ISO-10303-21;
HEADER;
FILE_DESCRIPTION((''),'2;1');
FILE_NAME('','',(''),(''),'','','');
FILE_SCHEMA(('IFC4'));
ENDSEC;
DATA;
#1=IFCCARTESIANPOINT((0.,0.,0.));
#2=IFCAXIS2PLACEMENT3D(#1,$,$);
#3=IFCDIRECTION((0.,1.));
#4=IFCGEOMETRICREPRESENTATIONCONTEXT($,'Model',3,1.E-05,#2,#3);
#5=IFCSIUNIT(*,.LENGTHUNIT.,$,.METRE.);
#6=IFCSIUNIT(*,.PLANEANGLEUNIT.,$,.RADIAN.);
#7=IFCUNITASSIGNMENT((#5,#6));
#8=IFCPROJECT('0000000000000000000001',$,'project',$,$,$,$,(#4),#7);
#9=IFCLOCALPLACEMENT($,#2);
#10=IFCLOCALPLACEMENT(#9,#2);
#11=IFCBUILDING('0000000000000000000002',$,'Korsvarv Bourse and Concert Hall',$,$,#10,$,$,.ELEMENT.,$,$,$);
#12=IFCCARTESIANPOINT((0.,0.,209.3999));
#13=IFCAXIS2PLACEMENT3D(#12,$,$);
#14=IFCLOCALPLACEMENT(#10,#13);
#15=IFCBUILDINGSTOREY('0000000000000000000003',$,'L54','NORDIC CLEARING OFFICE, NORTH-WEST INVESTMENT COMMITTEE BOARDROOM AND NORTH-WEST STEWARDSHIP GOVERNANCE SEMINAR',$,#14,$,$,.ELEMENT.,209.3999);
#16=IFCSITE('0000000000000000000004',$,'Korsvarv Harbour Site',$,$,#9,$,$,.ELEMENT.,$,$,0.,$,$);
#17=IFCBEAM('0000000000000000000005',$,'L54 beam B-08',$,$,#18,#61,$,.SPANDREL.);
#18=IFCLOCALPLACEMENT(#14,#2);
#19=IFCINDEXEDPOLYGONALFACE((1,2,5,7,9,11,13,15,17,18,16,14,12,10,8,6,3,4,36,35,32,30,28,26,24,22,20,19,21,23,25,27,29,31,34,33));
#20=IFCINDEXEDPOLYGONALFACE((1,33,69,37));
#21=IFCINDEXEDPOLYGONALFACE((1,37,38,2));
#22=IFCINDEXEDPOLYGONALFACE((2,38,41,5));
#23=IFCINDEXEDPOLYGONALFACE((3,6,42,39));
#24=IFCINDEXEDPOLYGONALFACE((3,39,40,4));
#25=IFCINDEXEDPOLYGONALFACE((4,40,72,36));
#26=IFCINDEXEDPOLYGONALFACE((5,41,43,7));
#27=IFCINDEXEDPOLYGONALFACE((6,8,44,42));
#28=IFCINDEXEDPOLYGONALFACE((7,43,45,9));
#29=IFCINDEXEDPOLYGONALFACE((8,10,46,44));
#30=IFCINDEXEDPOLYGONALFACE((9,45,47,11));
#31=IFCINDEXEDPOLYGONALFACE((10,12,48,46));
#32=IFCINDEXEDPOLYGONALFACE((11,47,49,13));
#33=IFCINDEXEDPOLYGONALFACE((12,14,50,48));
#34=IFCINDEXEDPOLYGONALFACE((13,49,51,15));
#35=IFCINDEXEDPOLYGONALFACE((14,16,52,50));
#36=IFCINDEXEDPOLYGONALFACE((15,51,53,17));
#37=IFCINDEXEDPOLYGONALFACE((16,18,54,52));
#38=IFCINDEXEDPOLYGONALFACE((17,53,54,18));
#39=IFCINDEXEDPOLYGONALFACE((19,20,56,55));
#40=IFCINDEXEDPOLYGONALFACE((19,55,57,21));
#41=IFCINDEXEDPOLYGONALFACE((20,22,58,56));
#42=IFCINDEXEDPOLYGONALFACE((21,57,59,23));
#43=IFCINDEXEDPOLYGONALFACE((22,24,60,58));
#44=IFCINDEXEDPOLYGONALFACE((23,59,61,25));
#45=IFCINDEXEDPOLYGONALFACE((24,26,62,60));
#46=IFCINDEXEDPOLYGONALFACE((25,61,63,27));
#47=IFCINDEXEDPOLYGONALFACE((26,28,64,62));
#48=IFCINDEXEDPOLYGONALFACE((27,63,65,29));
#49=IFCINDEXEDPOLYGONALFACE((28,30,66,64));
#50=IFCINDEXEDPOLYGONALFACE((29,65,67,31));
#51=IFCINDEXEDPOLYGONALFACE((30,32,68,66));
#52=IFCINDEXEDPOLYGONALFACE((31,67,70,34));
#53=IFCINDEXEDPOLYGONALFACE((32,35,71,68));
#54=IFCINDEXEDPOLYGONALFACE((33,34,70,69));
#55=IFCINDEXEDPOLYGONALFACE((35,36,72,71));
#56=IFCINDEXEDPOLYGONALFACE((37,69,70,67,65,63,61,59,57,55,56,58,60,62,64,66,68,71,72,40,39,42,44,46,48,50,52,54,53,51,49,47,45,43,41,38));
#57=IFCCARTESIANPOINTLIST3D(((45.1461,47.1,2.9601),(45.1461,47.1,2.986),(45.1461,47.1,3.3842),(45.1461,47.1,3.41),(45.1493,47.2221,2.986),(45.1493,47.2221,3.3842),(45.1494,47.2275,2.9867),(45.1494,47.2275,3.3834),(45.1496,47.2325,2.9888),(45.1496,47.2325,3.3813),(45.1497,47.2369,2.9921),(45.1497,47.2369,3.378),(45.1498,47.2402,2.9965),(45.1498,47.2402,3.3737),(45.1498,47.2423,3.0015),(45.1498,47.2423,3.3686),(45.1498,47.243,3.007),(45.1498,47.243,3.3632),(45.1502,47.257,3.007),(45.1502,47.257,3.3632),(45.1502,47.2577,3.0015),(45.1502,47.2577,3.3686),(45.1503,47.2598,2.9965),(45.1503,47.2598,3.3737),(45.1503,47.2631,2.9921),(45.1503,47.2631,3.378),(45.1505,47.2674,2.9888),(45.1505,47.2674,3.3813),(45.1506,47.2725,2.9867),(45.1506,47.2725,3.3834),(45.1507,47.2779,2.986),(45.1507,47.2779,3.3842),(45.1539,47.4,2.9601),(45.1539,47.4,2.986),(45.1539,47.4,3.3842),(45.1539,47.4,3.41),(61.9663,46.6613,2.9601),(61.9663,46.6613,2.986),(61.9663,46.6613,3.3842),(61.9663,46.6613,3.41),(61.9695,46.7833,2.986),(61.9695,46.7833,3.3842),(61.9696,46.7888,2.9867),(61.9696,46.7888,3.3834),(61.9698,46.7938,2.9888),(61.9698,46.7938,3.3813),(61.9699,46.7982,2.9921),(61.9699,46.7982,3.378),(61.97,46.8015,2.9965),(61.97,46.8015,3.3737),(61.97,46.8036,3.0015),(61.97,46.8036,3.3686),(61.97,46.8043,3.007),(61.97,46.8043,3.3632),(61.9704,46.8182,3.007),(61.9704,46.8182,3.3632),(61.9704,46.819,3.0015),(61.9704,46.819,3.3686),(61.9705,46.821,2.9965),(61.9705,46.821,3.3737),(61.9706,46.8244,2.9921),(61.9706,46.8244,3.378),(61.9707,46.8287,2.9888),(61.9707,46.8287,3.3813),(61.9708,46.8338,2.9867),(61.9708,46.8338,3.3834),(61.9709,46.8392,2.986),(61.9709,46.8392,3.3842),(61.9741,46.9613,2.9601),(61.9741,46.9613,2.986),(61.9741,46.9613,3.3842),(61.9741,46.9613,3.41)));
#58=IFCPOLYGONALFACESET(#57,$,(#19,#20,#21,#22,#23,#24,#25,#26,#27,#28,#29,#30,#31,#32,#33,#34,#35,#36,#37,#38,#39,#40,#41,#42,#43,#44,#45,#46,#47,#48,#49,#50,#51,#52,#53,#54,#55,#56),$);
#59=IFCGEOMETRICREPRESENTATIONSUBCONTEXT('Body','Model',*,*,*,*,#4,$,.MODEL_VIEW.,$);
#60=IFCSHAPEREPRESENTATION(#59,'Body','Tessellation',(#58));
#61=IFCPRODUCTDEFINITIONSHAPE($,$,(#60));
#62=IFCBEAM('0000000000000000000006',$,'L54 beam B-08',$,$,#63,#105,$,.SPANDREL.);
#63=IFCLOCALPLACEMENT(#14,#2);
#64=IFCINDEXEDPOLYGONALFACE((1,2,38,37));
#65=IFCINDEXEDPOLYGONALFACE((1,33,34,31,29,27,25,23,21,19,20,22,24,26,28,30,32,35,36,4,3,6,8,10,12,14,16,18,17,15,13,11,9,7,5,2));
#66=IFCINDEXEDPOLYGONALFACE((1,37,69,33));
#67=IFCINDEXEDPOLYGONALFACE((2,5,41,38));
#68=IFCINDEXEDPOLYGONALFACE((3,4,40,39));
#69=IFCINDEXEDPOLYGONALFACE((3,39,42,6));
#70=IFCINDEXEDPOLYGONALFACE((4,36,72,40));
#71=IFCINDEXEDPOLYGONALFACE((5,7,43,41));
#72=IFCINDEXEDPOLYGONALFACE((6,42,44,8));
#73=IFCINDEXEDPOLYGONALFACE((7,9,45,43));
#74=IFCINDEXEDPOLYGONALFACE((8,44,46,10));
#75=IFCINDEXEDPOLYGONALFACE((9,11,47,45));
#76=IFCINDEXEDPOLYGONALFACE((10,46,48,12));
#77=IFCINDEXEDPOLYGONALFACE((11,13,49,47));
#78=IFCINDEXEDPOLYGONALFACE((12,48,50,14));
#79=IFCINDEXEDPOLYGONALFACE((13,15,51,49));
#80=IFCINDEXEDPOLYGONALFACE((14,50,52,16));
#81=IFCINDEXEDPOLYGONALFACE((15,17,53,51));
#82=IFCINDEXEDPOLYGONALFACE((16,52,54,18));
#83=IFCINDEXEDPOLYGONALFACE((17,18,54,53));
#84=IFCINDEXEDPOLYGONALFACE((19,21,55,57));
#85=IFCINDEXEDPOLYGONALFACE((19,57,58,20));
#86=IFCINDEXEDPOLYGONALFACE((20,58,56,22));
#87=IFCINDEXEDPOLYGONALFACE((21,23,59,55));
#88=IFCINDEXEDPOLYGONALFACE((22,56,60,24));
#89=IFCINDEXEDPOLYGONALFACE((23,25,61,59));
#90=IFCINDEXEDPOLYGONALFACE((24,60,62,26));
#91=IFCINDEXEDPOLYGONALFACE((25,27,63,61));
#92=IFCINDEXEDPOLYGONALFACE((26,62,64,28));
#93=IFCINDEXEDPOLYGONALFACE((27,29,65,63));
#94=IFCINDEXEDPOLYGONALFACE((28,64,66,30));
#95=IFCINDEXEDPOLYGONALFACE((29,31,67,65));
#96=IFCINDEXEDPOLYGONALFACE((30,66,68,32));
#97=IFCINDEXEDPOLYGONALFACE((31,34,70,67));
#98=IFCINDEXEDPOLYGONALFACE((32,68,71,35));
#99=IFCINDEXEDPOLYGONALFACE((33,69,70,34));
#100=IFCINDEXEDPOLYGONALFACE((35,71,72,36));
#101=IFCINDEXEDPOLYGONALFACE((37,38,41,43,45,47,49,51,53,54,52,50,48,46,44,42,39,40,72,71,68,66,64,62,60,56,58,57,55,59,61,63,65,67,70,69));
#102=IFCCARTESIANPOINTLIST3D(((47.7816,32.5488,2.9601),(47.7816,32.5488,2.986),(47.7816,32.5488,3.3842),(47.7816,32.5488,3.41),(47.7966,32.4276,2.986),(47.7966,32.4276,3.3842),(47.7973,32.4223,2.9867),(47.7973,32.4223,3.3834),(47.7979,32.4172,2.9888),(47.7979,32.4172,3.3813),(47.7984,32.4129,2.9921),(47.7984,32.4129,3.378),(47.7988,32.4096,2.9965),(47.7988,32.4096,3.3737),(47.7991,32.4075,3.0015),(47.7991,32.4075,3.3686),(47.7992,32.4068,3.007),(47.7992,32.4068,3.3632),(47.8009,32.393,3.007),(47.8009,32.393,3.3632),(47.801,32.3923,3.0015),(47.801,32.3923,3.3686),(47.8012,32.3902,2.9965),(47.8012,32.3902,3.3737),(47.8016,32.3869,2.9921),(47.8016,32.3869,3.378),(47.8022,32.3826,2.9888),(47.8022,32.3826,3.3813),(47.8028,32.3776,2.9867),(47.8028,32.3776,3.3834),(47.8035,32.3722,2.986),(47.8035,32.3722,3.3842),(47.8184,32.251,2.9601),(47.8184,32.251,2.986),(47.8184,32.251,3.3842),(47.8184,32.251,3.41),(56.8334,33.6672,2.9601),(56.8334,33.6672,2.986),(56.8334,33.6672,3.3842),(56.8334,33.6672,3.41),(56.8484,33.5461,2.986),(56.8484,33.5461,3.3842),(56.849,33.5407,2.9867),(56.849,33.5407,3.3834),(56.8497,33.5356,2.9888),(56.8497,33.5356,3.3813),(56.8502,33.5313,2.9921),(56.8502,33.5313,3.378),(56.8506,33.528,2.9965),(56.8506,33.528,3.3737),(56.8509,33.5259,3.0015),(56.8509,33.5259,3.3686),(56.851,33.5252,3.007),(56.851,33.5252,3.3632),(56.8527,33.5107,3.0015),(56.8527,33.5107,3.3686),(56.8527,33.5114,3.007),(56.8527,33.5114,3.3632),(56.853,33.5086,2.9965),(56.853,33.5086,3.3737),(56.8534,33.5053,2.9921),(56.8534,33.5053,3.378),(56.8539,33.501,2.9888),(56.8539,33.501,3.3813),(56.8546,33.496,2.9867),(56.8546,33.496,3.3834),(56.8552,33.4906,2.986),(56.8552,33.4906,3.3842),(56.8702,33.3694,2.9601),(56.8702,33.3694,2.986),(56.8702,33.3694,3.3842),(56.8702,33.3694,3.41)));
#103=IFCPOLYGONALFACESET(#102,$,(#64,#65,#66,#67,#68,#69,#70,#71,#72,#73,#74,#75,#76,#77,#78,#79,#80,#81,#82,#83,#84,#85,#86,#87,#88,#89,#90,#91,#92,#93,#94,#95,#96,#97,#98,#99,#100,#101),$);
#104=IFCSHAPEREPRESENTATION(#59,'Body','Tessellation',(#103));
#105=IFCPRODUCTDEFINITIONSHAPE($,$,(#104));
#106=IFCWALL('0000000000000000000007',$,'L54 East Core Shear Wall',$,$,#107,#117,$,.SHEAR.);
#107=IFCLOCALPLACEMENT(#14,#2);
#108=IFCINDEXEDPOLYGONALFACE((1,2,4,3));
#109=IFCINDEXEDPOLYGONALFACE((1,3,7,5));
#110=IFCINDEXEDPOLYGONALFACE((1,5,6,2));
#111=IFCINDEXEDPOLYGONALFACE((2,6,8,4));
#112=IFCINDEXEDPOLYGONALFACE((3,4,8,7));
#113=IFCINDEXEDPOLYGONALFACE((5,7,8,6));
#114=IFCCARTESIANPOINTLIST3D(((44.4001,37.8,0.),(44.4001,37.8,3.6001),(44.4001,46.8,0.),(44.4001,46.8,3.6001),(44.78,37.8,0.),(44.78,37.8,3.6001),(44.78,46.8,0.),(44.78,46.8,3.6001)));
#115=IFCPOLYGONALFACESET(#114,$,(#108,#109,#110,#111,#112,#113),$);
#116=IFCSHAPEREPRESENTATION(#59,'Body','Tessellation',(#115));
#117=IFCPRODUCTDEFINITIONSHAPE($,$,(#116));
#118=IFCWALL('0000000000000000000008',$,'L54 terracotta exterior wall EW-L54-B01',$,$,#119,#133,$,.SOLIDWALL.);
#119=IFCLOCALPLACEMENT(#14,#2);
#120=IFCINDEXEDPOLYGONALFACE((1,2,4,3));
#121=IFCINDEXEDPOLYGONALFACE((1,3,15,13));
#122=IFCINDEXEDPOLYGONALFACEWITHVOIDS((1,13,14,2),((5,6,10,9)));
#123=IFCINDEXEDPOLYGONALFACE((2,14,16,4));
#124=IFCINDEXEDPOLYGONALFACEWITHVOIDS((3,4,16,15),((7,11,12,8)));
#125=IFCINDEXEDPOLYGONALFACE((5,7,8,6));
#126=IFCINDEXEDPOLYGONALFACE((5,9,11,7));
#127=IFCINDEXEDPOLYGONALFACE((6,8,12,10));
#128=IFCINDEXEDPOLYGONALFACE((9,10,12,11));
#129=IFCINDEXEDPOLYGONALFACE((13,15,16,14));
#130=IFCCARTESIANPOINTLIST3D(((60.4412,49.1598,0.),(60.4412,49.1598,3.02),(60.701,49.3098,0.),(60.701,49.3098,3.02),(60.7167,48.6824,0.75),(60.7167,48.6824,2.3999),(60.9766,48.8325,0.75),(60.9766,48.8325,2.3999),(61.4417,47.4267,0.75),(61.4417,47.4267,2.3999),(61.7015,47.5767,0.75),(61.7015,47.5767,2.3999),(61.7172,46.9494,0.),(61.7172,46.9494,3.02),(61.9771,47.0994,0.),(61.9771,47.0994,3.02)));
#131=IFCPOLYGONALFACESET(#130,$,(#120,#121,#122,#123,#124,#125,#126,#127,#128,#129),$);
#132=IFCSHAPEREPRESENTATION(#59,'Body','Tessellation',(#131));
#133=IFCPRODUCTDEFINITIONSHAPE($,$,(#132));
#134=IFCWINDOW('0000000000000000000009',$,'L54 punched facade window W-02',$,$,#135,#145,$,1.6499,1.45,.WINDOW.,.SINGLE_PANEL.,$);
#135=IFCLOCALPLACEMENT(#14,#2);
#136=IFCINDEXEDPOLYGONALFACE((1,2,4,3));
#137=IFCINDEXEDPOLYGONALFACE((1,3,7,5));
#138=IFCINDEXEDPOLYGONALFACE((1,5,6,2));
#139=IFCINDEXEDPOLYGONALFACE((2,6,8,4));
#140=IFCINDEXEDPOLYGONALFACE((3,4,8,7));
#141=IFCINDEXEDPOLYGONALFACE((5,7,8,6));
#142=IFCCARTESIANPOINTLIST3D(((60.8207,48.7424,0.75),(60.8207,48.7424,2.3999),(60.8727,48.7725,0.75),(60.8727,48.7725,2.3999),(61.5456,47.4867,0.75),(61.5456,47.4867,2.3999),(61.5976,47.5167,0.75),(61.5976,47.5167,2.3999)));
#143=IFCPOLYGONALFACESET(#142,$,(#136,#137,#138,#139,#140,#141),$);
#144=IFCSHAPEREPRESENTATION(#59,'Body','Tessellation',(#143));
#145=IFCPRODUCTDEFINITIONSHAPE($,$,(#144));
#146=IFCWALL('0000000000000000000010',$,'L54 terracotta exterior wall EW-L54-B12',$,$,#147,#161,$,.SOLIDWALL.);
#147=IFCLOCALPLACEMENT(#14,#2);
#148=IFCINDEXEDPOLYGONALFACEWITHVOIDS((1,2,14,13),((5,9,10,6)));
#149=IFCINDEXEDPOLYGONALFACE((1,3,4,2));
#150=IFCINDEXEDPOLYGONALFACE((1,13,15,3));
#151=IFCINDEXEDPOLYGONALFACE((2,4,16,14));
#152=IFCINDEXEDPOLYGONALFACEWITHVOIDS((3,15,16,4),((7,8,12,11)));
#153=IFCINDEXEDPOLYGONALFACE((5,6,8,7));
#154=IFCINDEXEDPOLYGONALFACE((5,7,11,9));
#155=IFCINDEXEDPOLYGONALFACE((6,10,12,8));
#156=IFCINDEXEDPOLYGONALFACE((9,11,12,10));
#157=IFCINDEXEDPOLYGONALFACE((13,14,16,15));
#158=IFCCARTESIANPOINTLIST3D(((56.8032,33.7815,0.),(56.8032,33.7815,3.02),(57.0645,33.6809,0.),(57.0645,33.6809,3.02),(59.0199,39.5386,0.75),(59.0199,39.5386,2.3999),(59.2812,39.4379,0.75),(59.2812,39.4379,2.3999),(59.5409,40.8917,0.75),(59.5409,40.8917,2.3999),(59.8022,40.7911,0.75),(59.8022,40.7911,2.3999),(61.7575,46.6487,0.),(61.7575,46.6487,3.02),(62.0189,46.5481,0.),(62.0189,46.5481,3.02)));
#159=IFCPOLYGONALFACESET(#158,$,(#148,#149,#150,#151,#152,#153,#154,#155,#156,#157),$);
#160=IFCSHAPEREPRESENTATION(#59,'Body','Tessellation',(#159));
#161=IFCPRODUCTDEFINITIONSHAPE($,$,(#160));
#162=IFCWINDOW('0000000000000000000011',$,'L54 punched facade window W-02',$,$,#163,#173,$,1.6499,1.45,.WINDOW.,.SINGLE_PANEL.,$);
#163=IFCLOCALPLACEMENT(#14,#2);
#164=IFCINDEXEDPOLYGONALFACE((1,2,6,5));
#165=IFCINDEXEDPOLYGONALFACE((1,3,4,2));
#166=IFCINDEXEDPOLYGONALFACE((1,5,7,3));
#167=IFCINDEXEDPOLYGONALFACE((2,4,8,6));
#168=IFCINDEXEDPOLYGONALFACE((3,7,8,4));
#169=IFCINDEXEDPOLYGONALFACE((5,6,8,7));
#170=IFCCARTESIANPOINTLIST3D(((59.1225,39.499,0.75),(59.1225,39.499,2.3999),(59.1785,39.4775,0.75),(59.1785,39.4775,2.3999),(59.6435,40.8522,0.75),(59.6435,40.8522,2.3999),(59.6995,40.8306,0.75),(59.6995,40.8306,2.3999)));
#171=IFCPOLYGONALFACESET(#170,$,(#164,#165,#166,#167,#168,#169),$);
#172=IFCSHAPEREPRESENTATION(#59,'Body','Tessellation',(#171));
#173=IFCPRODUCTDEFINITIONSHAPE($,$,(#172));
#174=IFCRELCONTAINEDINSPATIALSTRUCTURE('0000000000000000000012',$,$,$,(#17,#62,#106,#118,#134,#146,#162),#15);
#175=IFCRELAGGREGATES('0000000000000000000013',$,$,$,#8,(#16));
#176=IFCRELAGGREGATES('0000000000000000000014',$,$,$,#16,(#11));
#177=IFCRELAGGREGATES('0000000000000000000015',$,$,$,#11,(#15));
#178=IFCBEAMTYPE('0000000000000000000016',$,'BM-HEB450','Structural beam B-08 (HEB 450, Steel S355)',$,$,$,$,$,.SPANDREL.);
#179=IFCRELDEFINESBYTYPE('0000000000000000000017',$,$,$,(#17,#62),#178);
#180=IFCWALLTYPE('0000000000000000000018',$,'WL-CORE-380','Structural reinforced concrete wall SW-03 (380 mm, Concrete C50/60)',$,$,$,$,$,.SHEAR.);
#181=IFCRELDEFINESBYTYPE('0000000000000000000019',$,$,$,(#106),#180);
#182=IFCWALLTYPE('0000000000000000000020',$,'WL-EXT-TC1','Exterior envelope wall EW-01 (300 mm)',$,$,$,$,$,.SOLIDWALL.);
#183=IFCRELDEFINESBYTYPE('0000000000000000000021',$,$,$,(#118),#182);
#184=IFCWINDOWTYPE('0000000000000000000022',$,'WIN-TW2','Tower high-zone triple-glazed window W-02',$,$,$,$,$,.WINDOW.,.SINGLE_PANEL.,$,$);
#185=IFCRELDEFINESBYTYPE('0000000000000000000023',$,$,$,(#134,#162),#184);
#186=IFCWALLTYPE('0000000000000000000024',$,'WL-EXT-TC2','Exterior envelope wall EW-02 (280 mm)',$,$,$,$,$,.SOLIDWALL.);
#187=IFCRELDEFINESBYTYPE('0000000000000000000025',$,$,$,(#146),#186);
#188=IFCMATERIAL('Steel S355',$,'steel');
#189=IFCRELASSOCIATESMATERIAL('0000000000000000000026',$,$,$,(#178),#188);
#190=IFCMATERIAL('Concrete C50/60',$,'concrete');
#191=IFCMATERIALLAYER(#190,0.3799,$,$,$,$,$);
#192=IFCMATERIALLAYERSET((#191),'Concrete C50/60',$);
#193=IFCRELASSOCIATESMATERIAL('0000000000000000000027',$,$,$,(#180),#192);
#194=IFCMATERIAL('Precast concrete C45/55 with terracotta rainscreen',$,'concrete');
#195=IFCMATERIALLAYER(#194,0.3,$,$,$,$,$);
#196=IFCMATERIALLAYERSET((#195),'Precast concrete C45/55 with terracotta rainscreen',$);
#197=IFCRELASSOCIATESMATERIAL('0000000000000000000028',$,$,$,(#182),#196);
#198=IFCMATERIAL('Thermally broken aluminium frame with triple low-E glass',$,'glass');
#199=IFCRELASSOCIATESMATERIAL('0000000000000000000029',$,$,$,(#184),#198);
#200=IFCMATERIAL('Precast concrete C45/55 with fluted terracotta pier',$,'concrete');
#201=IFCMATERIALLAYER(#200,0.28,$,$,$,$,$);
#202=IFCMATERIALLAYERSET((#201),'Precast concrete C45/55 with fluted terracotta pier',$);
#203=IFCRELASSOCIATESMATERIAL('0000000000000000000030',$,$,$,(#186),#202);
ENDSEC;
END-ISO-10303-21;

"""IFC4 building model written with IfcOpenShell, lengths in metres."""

from ifc_helpers import new_model, si_unit, direction, frame, frame_2d, origin, origin_2d, place, context, subcontext, project, spatial, rectangle, i_section, extrude, source, transform, mapped, material, layer, layer_set, material_profile, profile_set, type_object, element, fill, save


model = new_model("IFC4")

# Units and contexts
model_context = context("Model", 3, precision=1e-05, world=origin(), true_north=direction((0.0, 1.0)))
body_context = subcontext(model_context, "Body", "Model", "MODEL_VIEW")
ifc_project = project(units=[si_unit("LENGTHUNIT", "METRE"), si_unit("PLANEANGLEUNIT", "RADIAN")], contexts=[model_context])

# Site, building, storey
site_placement = place(None, origin())
site = spatial("IfcSite", under=ifc_project, at=site_placement, Name="Korsvarv Harbour Site", CompositionType="ELEMENT", RefElevation=0.0)
building_placement = place(site_placement, origin())
building = spatial("IfcBuilding", under=site, at=building_placement, Name="Korsvarv Bourse and Concert Hall", CompositionType="ELEMENT")
storey_placement = place(building_placement, frame((0.0, 0.0, 209.3999)))
storey = spatial("IfcBuildingStorey", under=building, at=storey_placement, Name="L54", Description="NORDIC CLEARING OFFICE, NORTH-WEST INVESTMENT COMMITTEE BOARDROOM AND NORTH-WEST STEWARDSHIP GOVERNANCE SEMINAR", CompositionType="ELEMENT", Elevation=209.3999)

# Shared definitions
ifc_material_1 = material(Name="Steel S355", Category="steel")

# Beams
ifc_material_profile_1 = material_profile(ifc_material_1, i_section(OverallWidth=0.3, OverallDepth=0.45, WebThickness=0.0139, FlangeThickness=0.0259, FilletRadius=0.021, at=origin_2d()), Name="HEB 450")
ifc_profile_set_1 = profile_set([ifc_material_profile_1], Name="Steel S355")
beam_type_1 = type_object("IfcBeamType", Name="BM-HEB450", Description="Structural beam B-08 (HEB 450, Steel S355)", PredefinedType="SPANDREL", material=ifc_profile_set_1)
shared_shape_1 = source(origin(), body_context, "Body", "SweptSolid", [
    extrude(i_section(OverallWidth=0.3, OverallDepth=0.45, WebThickness=0.0139, FlangeThickness=0.0259, FilletRadius=0.021, at=origin_2d()), origin(), (0.0, 0.0, 1.0), 16.8259),
])
beam_1_placement = place(storey_placement, frame((61.9702, 46.8113, 3.1851), z_axis=(-0.99966, 0.026074, 0.0), x_axis=(-0.026074, -0.99966, 0.0)))
element("IfcBeam", 1, at=beam_1_placement, inside=storey, type_object=beam_type_1, Name="L54 beam B-08", PredefinedType="SPANDREL", context=body_context, shape_type="MappedRepresentation", body=[
    mapped(shared_shape_1, transform((0.0, 0.0, 0.0), scale=1.0)),
])
shared_shape_2 = source(origin(), body_context, "Body", "SweptSolid", [
    extrude(i_section(OverallWidth=0.3, OverallDepth=0.45, WebThickness=0.0139, FlangeThickness=0.0259, FilletRadius=0.021, at=origin_2d()), origin(), (0.0, 0.0, 1.0), 9.1206),
])
beam_2_placement = place(storey_placement, frame((56.8518, 33.5183, 3.1851), z_axis=(-0.992453, -0.122625, 0.0), x_axis=(0.122625, -0.992453, 0.0)))
element("IfcBeam", 2, at=beam_2_placement, inside=storey, type_object=beam_type_1, Name="L54 beam B-08", PredefinedType="SPANDREL", context=body_context, shape_type="MappedRepresentation", body=[
    mapped(shared_shape_2, transform((0.0, 0.0, 0.0), scale=1.0)),
])

# Wall
ifc_material_2 = material(Name="Concrete C50/60", Category="concrete")
ifc_layer_1 = layer(ifc_material_2, 0.3799)
ifc_layer_set_1 = layer_set([ifc_layer_1], Name="Concrete C50/60")
wall_type_1 = type_object("IfcWallType", Name="WL-CORE-380", Description="Structural reinforced concrete wall SW-03 (380 mm, Concrete C50/60)", PredefinedType="SHEAR", material=ifc_layer_set_1)
wall_1_placement = place(storey_placement, frame((44.5901, 37.8, 0.0), z_axis=(0.0, 0.0, 1.0), x_axis=(0.0, 1.0, 0.0)))
element("IfcWall", 3, at=wall_1_placement, inside=storey, type_object=wall_type_1, Name="L54 East Core Shear Wall", PredefinedType="SHEAR", context=body_context, shape_type="SweptSolid", body=[
    extrude(rectangle(XDim=9.0, YDim=0.3799, at=frame_2d((4.5, 0.0))), origin(), (0.0, 0.0, 1.0), 3.6001),
])

# Walls, openings, windows
ifc_material_3 = material(Name="Precast concrete C45/55 with terracotta rainscreen", Category="concrete")
ifc_layer_2 = layer(ifc_material_3, 0.3)
ifc_layer_set_2 = layer_set([ifc_layer_2], Name="Precast concrete C45/55 with terracotta rainscreen")
wall_type_2 = type_object("IfcWallType", Name="WL-EXT-TC1", Description="Exterior envelope wall EW-01 (300 mm)", PredefinedType="SOLIDWALL", material=ifc_layer_set_2)
wall_2_placement = place(storey_placement, frame((61.8472, 47.0244, 0.0), z_axis=(0.0, 0.0, 1.0), x_axis=(-0.499976, 0.866039, 0.0)))
wall_2 = element("IfcWall", 4, at=wall_2_placement, inside=storey, type_object=wall_type_2, Name="L54 terracotta exterior wall EW-L54-B01", PredefinedType="SOLIDWALL", context=body_context, shape_type="SweptSolid", body=[
    extrude(rectangle(XDim=2.5522, YDim=0.3, at=frame_2d((1.2761, 0.0))), origin(), (0.0, 0.0, 1.0), 3.02),
])
opening_1_placement = place(wall_2_placement, frame((0.551, 0.0, 0.75)))
opening_1 = element("IfcOpeningElement", 5, at=opening_1_placement, cuts=wall_2, PredefinedType="OPENING", context=body_context, shape_type="SweptSolid", body=[
    extrude(rectangle(XDim=1.45, YDim=1.6499, at=frame_2d((0.7251, 0.825))), frame((0.0, 0.1602, 0.0), z_axis=(0.0, -1.0, 0.0), x_axis=(1.0, 0.0, 0.0)), (0.0, 0.0, 1.0), 0.3201),
])
ifc_material_4 = material(Name="Thermally broken aluminium frame with triple low-E glass", Category="glass")
window_type = type_object("IfcWindowType", Name="WIN-TW2", Description="Tower high-zone triple-glazed window W-02", PartitioningType="SINGLE_PANEL", PredefinedType="WINDOW", material=ifc_material_4)
window_1_placement = place(opening_1_placement, origin())
window_1 = element("IfcWindow", 6, at=window_1_placement, inside=storey, type_object=window_type, Name="L54 punched facade window W-02", OverallHeight=1.6499, OverallWidth=1.45, PartitioningType="SINGLE_PANEL", PredefinedType="WINDOW", context=body_context, shape_type="SweptSolid", body=[
    extrude(rectangle(XDim=1.45, YDim=1.6499, at=frame_2d((0.7251, 0.825))), frame((0.0, 0.03, 0.0), z_axis=(0.0, -1.0, 0.0), x_axis=(1.0, 0.0, 0.0)), (0.0, 0.0, 1.0), 0.0601),
])
fill(opening_1, window_1)
ifc_material_5 = material(Name="Precast concrete C45/55 with fluted terracotta pier", Category="concrete")
ifc_layer_3 = layer(ifc_material_5, 0.28)
ifc_layer_set_3 = layer_set([ifc_layer_3], Name="Precast concrete C45/55 with fluted terracotta pier")
wall_type_3 = type_object("IfcWallType", Name="WL-EXT-TC2", Description="Exterior envelope wall EW-02 (280 mm)", PredefinedType="SOLIDWALL", material=ifc_layer_set_3)
wall_3_placement = place(storey_placement, frame((56.9338, 33.7312, 0.0), z_axis=(0.0, 0.0, 1.0), x_axis=(0.359322, 0.933214, 0.0)))
wall_3 = element("IfcWall", 7, at=wall_3_placement, inside=storey, type_object=wall_type_3, Name="L54 terracotta exterior wall EW-L54-B12", PredefinedType="SOLIDWALL", context=body_context, shape_type="SweptSolid", body=[
    extrude(rectangle(XDim=13.7881, YDim=0.28, at=frame_2d((6.894, 0.0))), origin(), (0.0, 0.0, 1.0), 3.02),
])
opening_2_placement = place(wall_3_placement, frame((6.1689, 0.0, 0.75)))
opening_2 = element("IfcOpeningElement", 8, at=opening_2_placement, cuts=wall_3, PredefinedType="OPENING", context=body_context, shape_type="SweptSolid", body=[
    extrude(rectangle(XDim=1.45, YDim=1.6499, at=frame_2d((0.7251, 0.825))), frame((0.0, 0.1499, 0.0), z_axis=(0.0, -1.0, 0.0), x_axis=(1.0, 0.0, 0.0)), (0.0, 0.0, 1.0), 0.3),
])
window_2_placement = place(opening_2_placement, origin())
window_2 = element("IfcWindow", 9, at=window_2_placement, inside=storey, type_object=window_type, Name="L54 punched facade window W-02", OverallHeight=1.6499, OverallWidth=1.45, PartitioningType="SINGLE_PANEL", PredefinedType="WINDOW", context=body_context, shape_type="SweptSolid", body=[
    extrude(rectangle(XDim=1.45, YDim=1.6499, at=frame_2d((0.7251, 0.825))), frame((0.0, 0.03, 0.0), z_axis=(0.0, -1.0, 0.0), x_axis=(1.0, 0.0, 0.0)), (0.0, 0.0, 1.0), 0.0601),
])
fill(opening_2, window_2)

save(model, "model.ifc")
